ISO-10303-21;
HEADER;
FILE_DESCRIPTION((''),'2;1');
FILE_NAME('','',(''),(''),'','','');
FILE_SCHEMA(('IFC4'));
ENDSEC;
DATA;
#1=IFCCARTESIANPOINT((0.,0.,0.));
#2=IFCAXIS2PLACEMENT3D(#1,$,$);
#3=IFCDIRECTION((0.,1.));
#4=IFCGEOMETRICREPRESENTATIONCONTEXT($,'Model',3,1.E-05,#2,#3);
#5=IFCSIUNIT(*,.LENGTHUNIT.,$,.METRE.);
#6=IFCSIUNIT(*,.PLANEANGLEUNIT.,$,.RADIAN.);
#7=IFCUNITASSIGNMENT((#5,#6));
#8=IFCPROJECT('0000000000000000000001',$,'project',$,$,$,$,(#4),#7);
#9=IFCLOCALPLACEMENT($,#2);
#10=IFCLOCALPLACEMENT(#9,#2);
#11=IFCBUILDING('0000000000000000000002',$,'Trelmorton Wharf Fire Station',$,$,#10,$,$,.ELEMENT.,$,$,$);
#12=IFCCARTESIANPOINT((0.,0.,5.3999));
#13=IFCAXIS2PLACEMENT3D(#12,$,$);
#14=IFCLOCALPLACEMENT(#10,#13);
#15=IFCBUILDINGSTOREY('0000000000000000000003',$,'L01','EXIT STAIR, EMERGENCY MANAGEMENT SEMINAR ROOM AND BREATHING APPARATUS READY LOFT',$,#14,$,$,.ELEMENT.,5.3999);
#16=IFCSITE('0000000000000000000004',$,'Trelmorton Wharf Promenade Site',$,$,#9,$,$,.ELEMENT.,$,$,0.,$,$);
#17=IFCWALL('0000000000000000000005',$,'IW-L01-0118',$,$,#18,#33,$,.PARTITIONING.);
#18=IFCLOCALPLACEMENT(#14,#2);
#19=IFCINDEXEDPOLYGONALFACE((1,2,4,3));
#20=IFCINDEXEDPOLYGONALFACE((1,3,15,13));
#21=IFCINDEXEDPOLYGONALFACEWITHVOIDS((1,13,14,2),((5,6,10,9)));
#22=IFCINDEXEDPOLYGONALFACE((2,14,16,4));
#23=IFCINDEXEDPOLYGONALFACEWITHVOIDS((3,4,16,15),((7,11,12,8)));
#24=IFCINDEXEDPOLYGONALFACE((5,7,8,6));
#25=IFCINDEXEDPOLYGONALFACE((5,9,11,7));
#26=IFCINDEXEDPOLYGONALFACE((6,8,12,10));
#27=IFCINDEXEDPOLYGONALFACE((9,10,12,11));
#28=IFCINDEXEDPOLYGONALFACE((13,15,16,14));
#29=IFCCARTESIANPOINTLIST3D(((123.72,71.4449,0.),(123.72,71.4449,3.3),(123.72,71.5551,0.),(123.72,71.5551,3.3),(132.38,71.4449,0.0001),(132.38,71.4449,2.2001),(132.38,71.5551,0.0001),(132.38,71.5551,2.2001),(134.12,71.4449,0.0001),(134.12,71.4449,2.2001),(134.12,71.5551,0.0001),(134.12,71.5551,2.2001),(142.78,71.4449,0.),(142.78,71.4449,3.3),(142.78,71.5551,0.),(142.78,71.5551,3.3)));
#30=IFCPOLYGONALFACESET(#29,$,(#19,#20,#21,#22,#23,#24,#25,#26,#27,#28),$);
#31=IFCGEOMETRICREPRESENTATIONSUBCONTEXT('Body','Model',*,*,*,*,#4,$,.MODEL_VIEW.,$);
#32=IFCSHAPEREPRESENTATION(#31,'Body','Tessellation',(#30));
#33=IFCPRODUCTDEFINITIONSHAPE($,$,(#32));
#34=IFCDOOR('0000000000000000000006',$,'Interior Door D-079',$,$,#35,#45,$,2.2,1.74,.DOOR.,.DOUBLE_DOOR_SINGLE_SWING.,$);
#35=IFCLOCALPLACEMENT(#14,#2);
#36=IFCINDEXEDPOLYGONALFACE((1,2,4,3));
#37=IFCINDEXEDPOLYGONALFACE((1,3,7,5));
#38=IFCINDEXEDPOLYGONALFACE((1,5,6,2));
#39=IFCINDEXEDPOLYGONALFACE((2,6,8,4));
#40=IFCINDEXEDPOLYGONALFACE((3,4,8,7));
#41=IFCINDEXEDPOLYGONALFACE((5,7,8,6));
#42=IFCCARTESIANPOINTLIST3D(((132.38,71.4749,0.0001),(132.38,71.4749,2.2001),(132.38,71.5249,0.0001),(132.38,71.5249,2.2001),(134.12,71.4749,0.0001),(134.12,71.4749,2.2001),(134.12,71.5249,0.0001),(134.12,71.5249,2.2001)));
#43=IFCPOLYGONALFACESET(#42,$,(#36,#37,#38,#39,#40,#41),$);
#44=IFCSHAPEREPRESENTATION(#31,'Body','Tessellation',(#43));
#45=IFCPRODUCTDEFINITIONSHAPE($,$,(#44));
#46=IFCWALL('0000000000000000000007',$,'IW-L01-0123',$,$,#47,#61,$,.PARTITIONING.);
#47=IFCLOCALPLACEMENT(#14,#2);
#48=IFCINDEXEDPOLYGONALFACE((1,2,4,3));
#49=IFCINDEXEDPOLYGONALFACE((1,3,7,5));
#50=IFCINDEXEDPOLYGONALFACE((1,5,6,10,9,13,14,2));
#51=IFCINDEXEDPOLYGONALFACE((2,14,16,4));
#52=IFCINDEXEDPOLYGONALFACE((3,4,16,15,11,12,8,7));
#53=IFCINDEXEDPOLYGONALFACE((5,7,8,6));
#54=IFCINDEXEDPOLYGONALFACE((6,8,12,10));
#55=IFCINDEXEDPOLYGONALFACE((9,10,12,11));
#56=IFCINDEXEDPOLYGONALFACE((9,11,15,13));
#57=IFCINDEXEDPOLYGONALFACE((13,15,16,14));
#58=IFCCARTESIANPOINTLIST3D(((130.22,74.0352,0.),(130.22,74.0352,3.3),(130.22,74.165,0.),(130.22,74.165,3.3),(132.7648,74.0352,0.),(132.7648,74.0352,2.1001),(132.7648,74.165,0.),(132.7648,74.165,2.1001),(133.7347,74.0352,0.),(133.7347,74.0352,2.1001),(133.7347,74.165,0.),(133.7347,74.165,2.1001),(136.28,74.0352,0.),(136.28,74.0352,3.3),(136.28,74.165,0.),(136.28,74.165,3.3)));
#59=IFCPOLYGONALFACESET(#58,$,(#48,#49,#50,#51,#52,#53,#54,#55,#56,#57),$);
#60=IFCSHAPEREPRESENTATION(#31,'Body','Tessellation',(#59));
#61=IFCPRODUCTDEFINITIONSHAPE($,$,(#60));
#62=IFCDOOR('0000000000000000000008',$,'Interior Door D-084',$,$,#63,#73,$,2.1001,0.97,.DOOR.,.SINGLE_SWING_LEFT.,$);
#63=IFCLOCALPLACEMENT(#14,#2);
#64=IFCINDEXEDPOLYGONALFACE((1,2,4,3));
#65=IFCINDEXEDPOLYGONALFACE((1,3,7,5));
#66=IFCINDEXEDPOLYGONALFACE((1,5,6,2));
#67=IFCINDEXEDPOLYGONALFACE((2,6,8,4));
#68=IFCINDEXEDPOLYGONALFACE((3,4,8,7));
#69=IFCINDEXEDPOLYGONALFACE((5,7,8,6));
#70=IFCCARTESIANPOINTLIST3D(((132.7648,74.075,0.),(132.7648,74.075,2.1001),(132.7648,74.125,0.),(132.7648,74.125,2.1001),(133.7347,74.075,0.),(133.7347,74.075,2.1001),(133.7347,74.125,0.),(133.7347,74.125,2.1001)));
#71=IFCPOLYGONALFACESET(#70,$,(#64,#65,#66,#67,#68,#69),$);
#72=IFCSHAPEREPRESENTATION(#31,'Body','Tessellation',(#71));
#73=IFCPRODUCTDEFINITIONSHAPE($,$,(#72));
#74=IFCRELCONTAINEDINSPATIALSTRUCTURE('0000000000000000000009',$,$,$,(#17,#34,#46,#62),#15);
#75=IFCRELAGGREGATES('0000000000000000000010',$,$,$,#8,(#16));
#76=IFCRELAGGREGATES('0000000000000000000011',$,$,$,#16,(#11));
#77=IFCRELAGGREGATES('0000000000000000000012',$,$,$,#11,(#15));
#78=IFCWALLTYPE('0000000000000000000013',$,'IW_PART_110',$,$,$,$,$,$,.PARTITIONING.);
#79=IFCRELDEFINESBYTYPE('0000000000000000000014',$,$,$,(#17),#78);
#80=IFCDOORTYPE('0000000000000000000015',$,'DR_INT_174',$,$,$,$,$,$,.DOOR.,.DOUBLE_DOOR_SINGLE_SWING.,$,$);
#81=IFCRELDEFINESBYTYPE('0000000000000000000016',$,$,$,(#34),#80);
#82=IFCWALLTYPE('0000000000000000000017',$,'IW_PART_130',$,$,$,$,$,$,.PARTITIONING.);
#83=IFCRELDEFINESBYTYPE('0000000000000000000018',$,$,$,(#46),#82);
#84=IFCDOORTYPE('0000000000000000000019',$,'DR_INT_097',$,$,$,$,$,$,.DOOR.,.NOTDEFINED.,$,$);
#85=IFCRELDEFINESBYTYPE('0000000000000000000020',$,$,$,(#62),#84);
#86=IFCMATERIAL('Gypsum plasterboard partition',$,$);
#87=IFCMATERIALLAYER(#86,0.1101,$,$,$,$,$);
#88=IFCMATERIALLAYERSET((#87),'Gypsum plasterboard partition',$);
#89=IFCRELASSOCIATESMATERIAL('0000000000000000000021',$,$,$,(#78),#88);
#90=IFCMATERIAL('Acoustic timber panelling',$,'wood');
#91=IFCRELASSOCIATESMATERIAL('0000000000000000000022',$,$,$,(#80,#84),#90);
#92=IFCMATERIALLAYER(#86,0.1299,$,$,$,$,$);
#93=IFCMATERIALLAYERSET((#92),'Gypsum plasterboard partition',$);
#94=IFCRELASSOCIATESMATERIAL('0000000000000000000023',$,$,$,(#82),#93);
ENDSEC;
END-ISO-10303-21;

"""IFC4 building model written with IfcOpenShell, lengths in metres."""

from ifc_helpers import new_model, si_unit, direction, frame, frame_2d, origin, place, context, subcontext, project, spatial, rectangle, extrude, material, layer, layer_set, type_object, element, fill, save


model = new_model("IFC4")

# Units and contexts
model_context = context("Model", 3, precision=1e-05, world=origin(), true_north=direction((0.0, 1.0)))
body_context = subcontext(model_context, "Body", "Model", "MODEL_VIEW")
ifc_project = project(units=[si_unit("LENGTHUNIT", "METRE"), si_unit("PLANEANGLEUNIT", "RADIAN")], contexts=[model_context])

# Site, building, storey
site_placement = place(None, origin())
site = spatial("IfcSite", under=ifc_project, at=site_placement, Name="Trelmorton Wharf Promenade Site", CompositionType="ELEMENT", RefElevation=0.0)
building_placement = place(site_placement, origin())
building = spatial("IfcBuilding", under=site, at=building_placement, Name="Trelmorton Wharf Fire Station", CompositionType="ELEMENT")
storey_placement = place(building_placement, frame((0.0, 0.0, 5.3999)))
storey = spatial("IfcBuildingStorey", under=building, at=storey_placement, Name="L01", Description="EXIT STAIR, EMERGENCY MANAGEMENT SEMINAR ROOM AND BREATHING APPARATUS READY LOFT", CompositionType="ELEMENT", Elevation=5.3999)

# Shared definitions
ifc_material_1 = material(Name="Gypsum plasterboard partition")

# Walls, openings, doors
ifc_layer_1 = layer(ifc_material_1, 0.1101)
ifc_layer_set_1 = layer_set([ifc_layer_1], Name="Gypsum plasterboard partition")
wall_type_1 = type_object("IfcWallType", Name="IW_PART_110", PredefinedType="PARTITIONING", material=ifc_layer_set_1)
wall_1_placement = place(storey_placement, frame((123.72, 71.5, 0.0), z_axis=(0.0, 0.0, 1.0), x_axis=(1.0, 0.0, 0.0)))
wall_1 = element("IfcWall", 1, at=wall_1_placement, inside=storey, type_object=wall_type_1, Name="IW-L01-0118", PredefinedType="PARTITIONING", context=body_context, shape_type="SweptSolid", body=[
    extrude(rectangle(XDim=19.0601, YDim=0.1101, at=frame_2d((9.53, 0.0))), origin(), (0.0, 0.0, 1.0), 3.3),
])
opening_1_placement = place(wall_1_placement, frame((8.6599, 0.0, 0.0)))
opening_1 = element("IfcOpeningElement", 2, at=opening_1_placement, cuts=wall_1, PredefinedType="OPENING", context=body_context, shape_type="SweptSolid", body=[
    extrude(rectangle(XDim=1.74, YDim=2.2, at=frame_2d((0.8701, 1.1001))), frame((0.0, 0.0649, 0.0), z_axis=(0.0, -1.0, 0.0), x_axis=(1.0, 0.0, 0.0)), (0.0, 0.0, 1.0), 0.1301),
])
ifc_material_2 = material(Name="Acoustic timber panelling", Category="wood")
door_type_1 = type_object("IfcDoorType", Name="DR_INT_174", OperationType="DOUBLE_DOOR_SINGLE_SWING", PredefinedType="DOOR", material=ifc_material_2)
door_1_placement = place(opening_1_placement, origin())
door_1 = element("IfcDoor", 3, at=door_1_placement, inside=storey, type_object=door_type_1, Name="Interior Door D-079", OperationType="DOUBLE_DOOR_SINGLE_SWING", OverallHeight=2.2, OverallWidth=1.74, PredefinedType="DOOR", context=body_context, shape_type="SweptSolid", body=[
    extrude(rectangle(XDim=1.74, YDim=2.2, at=frame_2d((0.8701, 1.1001))), frame((0.0, 0.0249, 0.0), z_axis=(0.0, -1.0, 0.0), x_axis=(1.0, 0.0, 0.0)), (0.0, 0.0, 1.0), 0.05),
])
fill(opening_1, door_1)
ifc_layer_2 = layer(ifc_material_1, 0.1299)
ifc_layer_set_2 = layer_set([ifc_layer_2], Name="Gypsum plasterboard partition")
wall_type_2 = type_object("IfcWallType", Name="IW_PART_130", PredefinedType="PARTITIONING", material=ifc_layer_set_2)
wall_2_placement = place(storey_placement, frame((130.22, 74.1001, 0.0), z_axis=(0.0, 0.0, 1.0), x_axis=(1.0, 0.0, 0.0)))
wall_2 = element("IfcWall", 4, at=wall_2_placement, inside=storey, type_object=wall_type_2, Name="IW-L01-0123", PredefinedType="PARTITIONING", context=body_context, shape_type="SweptSolid", body=[
    extrude(rectangle(XDim=6.0601, YDim=0.1299, at=frame_2d((3.03, 0.0))), origin(), (0.0, 0.0, 1.0), 3.3),
])
opening_2_placement = place(wall_2_placement, frame((2.5449, 0.0, 0.0)))
opening_2 = element("IfcOpeningElement", 5, at=opening_2_placement, cuts=wall_2, PredefinedType="OPENING", context=body_context, shape_type="SweptSolid", body=[
    extrude(rectangle(XDim=0.97, YDim=2.1001, at=frame_2d((0.4849, 1.05))), frame((0.0, 0.075, 0.0), z_axis=(0.0, -1.0, 0.0), x_axis=(1.0, 0.0, 0.0)), (0.0, 0.0, 1.0), 0.1499),
])
door_type_2 = type_object("IfcDoorType", Name="DR_INT_097", OperationType="NOTDEFINED", PredefinedType="DOOR", material=ifc_material_2)
door_2_placement = place(opening_2_placement, origin())
door_2 = element("IfcDoor", 6, at=door_2_placement, inside=storey, type_object=door_type_2, Name="Interior Door D-084", OperationType="SINGLE_SWING_LEFT", OverallHeight=2.1001, OverallWidth=0.97, PredefinedType="DOOR", context=body_context, shape_type="SweptSolid", body=[
    extrude(rectangle(XDim=0.97, YDim=2.1001, at=frame_2d((0.4849, 1.05))), frame((0.0, 0.0249, 0.0), z_axis=(0.0, -1.0, 0.0), x_axis=(1.0, 0.0, 0.0)), (0.0, 0.0, 1.0), 0.05),
])
fill(opening_2, door_2)

save(model, "model.ifc")
